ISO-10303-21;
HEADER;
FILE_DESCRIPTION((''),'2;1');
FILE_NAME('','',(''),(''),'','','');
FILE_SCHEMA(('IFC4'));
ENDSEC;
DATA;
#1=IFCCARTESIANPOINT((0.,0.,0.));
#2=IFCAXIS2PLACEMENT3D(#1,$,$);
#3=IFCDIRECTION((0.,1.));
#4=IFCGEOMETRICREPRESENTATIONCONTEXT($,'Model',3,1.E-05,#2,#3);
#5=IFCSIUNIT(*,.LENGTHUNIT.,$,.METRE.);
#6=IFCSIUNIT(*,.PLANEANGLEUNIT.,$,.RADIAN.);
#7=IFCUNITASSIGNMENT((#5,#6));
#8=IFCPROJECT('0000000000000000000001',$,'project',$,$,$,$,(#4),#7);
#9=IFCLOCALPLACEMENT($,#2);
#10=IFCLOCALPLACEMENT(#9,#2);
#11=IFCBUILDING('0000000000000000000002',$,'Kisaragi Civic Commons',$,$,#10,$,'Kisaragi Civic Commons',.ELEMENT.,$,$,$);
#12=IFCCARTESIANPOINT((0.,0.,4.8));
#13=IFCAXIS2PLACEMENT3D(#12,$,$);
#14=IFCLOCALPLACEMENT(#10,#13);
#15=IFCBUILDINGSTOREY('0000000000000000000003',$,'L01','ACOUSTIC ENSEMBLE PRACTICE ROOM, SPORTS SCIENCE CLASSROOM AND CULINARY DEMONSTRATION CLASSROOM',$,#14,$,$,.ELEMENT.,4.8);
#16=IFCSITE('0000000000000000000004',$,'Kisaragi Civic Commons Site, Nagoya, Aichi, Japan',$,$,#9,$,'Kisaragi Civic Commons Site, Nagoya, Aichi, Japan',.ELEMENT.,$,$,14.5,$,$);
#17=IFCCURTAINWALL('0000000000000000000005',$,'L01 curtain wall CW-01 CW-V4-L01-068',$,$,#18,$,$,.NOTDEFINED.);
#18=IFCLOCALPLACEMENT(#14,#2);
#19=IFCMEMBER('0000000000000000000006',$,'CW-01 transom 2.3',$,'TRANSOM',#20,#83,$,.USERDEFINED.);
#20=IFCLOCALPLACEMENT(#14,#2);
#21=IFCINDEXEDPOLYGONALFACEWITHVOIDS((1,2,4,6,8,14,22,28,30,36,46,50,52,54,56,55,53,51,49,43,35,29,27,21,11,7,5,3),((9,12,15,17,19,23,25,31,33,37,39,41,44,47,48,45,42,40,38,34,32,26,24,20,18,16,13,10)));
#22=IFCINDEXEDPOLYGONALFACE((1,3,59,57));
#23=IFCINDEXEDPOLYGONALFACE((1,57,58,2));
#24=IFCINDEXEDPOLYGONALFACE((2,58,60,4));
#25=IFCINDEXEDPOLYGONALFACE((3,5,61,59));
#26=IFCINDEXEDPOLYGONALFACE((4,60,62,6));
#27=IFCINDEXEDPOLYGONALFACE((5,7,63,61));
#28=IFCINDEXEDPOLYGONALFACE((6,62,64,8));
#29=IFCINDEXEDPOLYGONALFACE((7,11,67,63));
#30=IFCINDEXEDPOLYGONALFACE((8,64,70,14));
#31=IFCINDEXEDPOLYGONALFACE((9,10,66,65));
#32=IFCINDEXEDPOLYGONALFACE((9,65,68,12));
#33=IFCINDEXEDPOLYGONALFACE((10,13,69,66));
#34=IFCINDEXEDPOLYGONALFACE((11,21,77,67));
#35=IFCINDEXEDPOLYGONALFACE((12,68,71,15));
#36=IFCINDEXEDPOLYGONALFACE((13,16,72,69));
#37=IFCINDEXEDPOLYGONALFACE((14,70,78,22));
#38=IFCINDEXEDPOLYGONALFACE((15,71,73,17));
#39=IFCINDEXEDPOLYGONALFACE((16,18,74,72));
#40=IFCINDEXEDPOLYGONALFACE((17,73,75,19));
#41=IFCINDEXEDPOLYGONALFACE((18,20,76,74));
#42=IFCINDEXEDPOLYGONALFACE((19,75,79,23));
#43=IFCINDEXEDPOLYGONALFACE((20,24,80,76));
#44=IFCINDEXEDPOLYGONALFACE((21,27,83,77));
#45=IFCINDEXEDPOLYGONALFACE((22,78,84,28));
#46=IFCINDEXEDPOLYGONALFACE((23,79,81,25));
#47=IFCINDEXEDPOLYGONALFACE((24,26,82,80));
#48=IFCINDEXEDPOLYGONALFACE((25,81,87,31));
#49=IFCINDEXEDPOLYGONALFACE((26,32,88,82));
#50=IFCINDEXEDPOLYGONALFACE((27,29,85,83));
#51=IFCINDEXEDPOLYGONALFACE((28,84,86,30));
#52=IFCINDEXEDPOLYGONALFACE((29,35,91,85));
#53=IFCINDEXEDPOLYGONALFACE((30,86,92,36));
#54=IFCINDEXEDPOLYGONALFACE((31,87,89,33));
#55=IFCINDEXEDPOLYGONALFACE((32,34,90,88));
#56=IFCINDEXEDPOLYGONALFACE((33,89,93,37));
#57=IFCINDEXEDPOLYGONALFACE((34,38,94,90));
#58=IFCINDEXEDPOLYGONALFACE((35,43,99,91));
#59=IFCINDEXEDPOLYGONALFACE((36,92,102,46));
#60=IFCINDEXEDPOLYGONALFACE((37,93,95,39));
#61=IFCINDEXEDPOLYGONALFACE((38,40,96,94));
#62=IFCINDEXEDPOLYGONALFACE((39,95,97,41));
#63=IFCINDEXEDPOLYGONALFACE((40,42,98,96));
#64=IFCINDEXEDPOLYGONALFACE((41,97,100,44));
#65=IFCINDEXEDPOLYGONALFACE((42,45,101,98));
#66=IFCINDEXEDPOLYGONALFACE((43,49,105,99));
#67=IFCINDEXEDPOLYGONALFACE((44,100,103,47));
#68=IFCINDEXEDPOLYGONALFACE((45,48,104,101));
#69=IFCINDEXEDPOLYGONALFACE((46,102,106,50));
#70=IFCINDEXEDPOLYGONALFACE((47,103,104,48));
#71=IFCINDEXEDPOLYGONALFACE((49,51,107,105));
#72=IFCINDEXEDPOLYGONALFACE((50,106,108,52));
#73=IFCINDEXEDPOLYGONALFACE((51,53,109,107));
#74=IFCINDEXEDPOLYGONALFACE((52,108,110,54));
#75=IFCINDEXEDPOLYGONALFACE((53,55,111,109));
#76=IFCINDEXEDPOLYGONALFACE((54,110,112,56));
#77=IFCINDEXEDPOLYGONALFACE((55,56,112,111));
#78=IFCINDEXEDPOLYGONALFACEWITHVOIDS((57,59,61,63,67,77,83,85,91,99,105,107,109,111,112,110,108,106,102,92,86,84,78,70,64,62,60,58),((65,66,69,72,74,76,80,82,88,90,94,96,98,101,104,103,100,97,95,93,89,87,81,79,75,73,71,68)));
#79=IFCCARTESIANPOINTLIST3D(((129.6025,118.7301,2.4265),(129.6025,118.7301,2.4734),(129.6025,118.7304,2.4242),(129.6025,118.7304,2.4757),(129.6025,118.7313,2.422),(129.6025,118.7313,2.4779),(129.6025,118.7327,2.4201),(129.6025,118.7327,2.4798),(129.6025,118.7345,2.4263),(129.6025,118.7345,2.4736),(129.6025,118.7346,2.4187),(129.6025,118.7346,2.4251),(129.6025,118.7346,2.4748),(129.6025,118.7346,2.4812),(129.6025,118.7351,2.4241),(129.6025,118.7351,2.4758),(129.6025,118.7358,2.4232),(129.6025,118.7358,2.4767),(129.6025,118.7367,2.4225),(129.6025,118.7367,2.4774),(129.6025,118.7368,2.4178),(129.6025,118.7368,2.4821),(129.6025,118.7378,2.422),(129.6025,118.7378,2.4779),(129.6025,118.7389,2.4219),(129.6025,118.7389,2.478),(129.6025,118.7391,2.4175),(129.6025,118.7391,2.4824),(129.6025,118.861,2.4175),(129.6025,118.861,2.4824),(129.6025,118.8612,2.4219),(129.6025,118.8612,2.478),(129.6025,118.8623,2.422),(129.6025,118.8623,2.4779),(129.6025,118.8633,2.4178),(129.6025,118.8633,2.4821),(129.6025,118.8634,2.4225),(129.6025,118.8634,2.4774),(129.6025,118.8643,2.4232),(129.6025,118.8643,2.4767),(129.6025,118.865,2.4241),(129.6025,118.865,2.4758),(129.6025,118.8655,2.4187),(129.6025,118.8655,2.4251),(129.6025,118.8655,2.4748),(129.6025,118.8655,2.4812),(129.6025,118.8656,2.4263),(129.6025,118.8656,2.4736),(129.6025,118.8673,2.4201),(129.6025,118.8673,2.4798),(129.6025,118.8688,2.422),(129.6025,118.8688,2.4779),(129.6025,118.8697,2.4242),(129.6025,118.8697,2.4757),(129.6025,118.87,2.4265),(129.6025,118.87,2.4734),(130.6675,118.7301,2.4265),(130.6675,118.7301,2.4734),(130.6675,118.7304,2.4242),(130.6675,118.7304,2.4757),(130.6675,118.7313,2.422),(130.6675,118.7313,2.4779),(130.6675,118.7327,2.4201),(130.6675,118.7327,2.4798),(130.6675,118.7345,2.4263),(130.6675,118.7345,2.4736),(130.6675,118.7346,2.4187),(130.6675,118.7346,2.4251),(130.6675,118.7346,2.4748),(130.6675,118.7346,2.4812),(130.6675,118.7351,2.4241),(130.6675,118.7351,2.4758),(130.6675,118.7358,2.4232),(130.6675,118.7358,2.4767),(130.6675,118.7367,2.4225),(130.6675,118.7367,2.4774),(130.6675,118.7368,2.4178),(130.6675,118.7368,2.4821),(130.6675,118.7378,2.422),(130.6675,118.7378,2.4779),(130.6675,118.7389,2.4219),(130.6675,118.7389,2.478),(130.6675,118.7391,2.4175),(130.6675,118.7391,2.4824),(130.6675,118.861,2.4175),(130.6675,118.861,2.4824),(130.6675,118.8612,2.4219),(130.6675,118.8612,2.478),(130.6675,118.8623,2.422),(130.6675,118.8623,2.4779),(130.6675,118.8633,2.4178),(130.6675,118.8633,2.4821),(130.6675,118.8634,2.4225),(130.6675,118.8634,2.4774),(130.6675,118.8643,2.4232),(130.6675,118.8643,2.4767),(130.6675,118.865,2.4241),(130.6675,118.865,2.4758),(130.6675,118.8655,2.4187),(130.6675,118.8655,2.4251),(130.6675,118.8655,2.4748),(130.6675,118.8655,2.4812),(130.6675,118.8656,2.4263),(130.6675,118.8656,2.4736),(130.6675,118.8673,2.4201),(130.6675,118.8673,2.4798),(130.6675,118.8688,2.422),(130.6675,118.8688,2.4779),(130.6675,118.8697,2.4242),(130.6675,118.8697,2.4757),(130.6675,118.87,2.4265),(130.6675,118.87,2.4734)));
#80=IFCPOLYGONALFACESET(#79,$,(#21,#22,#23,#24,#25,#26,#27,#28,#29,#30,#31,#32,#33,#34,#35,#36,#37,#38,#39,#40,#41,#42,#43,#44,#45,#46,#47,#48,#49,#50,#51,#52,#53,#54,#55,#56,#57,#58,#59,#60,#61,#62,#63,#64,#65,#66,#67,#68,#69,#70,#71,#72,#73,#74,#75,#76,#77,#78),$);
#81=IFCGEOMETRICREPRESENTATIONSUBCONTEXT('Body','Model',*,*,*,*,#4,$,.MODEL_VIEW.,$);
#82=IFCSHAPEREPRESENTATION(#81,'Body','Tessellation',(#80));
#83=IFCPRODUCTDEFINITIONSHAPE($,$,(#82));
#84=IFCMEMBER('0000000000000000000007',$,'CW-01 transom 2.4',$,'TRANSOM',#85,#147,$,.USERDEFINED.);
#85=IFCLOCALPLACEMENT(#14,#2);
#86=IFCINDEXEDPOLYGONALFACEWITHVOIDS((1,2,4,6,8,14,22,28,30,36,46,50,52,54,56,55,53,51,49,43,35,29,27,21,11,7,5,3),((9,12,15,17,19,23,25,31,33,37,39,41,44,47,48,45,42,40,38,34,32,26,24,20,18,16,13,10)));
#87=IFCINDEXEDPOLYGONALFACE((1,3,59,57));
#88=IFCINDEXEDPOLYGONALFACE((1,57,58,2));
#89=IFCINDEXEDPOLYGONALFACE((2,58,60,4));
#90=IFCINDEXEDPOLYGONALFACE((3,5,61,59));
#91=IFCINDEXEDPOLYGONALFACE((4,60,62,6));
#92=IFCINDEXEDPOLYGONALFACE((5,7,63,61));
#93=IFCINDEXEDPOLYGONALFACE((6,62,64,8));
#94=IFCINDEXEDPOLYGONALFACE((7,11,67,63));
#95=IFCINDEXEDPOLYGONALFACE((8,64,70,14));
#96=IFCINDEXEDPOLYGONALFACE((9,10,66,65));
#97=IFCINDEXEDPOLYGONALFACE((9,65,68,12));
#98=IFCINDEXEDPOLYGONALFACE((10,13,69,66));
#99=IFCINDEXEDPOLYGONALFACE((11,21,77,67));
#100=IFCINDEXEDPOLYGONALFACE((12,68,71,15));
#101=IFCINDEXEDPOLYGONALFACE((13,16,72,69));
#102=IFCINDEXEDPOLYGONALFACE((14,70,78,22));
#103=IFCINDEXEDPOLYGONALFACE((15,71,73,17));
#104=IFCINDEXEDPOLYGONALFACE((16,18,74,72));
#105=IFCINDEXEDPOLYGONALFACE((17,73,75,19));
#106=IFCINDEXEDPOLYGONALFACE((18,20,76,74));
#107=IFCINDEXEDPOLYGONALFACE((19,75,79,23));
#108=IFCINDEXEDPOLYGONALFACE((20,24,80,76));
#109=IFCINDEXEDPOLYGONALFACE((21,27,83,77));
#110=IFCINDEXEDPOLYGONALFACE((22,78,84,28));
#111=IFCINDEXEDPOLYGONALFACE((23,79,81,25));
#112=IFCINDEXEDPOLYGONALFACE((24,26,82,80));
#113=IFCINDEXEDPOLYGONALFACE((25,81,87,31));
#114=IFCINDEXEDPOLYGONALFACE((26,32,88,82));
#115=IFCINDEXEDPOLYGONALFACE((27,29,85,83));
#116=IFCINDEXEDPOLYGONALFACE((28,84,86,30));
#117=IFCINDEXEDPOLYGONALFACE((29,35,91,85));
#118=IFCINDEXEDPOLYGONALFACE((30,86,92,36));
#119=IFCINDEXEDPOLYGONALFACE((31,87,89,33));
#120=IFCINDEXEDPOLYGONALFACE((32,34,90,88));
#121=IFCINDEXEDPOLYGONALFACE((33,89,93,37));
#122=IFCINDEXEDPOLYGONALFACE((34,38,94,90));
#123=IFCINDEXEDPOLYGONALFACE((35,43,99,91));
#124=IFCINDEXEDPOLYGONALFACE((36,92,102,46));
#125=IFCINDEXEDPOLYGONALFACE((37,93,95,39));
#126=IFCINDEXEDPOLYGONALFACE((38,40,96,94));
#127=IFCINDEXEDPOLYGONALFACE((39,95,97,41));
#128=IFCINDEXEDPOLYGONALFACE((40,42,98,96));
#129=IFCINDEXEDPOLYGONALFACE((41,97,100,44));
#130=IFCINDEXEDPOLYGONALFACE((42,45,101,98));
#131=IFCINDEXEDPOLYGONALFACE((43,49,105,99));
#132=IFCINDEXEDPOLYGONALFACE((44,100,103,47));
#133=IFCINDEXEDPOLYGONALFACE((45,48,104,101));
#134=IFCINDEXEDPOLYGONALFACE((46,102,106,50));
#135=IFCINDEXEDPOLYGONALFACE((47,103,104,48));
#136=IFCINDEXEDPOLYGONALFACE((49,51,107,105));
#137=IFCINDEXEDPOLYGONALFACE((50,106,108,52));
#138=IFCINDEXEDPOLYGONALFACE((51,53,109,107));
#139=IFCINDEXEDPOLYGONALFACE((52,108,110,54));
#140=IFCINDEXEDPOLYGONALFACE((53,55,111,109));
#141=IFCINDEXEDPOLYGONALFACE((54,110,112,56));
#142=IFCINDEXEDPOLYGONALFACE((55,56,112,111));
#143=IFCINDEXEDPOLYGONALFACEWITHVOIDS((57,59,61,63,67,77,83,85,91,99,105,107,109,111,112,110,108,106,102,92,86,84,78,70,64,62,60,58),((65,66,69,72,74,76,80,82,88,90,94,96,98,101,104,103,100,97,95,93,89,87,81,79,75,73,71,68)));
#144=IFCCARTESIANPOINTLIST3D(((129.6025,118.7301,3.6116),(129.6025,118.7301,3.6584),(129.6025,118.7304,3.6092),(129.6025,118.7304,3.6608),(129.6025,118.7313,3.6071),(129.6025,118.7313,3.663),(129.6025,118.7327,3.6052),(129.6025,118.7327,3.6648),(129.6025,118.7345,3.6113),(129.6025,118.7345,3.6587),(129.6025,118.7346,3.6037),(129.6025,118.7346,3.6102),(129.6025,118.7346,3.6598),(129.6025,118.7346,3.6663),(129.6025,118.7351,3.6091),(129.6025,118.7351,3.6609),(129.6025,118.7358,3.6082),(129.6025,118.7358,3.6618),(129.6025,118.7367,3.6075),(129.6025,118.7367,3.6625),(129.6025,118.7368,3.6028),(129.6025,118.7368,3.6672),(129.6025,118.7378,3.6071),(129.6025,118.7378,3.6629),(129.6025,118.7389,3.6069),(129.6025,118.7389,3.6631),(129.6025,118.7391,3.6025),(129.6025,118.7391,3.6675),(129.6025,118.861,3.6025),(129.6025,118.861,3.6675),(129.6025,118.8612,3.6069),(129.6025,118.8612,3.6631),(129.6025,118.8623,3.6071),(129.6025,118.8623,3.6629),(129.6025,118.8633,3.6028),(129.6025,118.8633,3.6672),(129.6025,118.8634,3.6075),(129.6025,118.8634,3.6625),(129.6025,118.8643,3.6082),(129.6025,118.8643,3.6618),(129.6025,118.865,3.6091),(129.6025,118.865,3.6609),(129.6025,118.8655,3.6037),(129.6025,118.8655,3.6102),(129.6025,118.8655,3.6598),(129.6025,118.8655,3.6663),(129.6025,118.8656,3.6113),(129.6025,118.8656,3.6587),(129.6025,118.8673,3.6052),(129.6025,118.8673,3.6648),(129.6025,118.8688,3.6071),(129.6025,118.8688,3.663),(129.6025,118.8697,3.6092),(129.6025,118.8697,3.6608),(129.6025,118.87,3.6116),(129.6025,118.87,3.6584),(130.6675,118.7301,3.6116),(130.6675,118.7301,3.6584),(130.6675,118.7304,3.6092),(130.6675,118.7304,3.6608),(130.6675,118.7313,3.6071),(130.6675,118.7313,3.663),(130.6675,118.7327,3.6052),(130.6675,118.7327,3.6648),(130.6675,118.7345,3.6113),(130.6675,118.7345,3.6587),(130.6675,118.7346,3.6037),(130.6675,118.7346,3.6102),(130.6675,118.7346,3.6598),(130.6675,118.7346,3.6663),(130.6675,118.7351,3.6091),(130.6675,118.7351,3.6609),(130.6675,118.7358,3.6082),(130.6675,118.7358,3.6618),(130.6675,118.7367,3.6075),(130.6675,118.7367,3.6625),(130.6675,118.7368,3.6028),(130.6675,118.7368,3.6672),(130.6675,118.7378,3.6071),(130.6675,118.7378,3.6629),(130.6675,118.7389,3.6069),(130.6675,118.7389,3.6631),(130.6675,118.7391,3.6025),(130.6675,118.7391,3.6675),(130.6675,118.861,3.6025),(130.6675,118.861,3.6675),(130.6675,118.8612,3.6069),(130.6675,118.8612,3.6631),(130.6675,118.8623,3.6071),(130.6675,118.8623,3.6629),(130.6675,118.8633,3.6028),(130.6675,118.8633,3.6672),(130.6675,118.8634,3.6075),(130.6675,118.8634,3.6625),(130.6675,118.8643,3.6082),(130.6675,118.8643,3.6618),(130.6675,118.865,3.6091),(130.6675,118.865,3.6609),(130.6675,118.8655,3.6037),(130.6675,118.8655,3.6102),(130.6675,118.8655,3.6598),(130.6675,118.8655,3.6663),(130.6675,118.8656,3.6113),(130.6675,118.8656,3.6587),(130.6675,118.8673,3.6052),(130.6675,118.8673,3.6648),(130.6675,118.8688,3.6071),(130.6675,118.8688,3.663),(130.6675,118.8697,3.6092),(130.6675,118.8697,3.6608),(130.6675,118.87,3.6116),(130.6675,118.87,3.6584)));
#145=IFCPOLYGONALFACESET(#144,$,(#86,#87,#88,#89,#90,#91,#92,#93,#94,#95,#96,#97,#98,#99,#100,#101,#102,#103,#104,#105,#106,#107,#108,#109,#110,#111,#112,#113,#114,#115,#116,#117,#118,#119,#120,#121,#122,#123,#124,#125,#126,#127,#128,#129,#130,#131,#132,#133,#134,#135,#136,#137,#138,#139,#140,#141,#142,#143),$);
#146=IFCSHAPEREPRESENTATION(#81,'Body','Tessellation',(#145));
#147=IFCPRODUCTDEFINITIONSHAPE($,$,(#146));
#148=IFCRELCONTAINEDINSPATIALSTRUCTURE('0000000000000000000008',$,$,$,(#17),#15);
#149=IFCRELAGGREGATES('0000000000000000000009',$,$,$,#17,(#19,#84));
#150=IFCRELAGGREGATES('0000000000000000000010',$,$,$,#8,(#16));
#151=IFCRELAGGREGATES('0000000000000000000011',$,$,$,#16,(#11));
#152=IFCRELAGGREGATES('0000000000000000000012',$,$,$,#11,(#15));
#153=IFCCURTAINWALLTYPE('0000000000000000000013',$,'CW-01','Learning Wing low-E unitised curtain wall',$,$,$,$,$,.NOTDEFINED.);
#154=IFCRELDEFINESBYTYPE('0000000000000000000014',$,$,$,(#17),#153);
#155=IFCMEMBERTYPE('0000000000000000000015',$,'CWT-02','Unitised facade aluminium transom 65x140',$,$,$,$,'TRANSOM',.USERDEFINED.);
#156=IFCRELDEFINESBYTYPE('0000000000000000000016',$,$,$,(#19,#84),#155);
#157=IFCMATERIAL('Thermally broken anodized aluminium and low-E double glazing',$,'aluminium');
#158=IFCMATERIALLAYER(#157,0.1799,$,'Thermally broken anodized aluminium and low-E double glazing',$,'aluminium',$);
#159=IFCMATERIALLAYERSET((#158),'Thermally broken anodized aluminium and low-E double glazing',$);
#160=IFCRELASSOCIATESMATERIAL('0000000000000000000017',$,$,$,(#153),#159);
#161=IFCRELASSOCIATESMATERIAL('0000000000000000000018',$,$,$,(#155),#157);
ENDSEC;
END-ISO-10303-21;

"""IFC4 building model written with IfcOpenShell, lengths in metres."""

from ifc_helpers import new_model, si_unit, direction, frame, origin, origin_2d, place, context, subcontext, project, spatial, hollow_rectangle, extrude, material, layer, layer_set, material_profile, profile_set, type_object, element, aggregate, save


model = new_model("IFC4")

# Units and contexts
model_context = context("Model", 3, precision=1e-05, world=origin(), true_north=direction((0.0, 1.0)))
body_context = subcontext(model_context, "Body", "Model", "MODEL_VIEW")
ifc_project = project(units=[si_unit("LENGTHUNIT", "METRE"), si_unit("PLANEANGLEUNIT", "RADIAN")], contexts=[model_context])

# Site, building, storey
site_placement = place(None, origin())
site = spatial("IfcSite", under=ifc_project, at=site_placement, Name="Kisaragi Civic Commons Site, Nagoya, Aichi, Japan", LongName="Kisaragi Civic Commons Site, Nagoya, Aichi, Japan", CompositionType="ELEMENT", RefElevation=14.5)
building_placement = place(site_placement, origin())
building = spatial("IfcBuilding", under=site, at=building_placement, Name="Kisaragi Civic Commons", LongName="Kisaragi Civic Commons", CompositionType="ELEMENT")
storey_placement = place(building_placement, frame((0.0, 0.0, 4.8)))
storey = spatial("IfcBuildingStorey", under=building, at=storey_placement, Name="L01", Description="ACOUSTIC ENSEMBLE PRACTICE ROOM, SPORTS SCIENCE CLASSROOM AND CULINARY DEMONSTRATION CLASSROOM", CompositionType="ELEMENT", Elevation=4.8)

# Curtain wall, members
ifc_material = material(Name="Thermally broken anodized aluminium and low-E double glazing", Category="aluminium")
ifc_layer_1 = layer(ifc_material, 0.1799, Name="Thermally broken anodized aluminium and low-E double glazing", Category="aluminium")
ifc_layer_set_1 = layer_set([ifc_layer_1], Name="Thermally broken anodized aluminium and low-E double glazing")
curtain_wall_type = type_object("IfcCurtainWallType", Name="CW-01", Description="Learning Wing low-E unitised curtain wall", PredefinedType="NOTDEFINED", material=ifc_layer_set_1)
curtain_wall_placement = place(storey_placement, origin())
curtain_wall = element("IfcCurtainWall", 1, at=curtain_wall_placement, inside=storey, type_object=curtain_wall_type, Name="L01 curtain wall CW-01 CW-V4-L01-068", PredefinedType="NOTDEFINED")
ifc_material_profile_1 = material_profile(ifc_material, hollow_rectangle(XDim=0.1399, YDim=0.0649, WallThickness=0.0044, InnerFilletRadius=0.0044, OuterFilletRadius=0.009, at=origin_2d()), Name="CWT-65x140x4.5", Category="aluminium")
ifc_profile_set_1 = profile_set([ifc_material_profile_1], Name="Thermally broken anodized aluminium and low-E double glazing")
member_type_1 = type_object("IfcMemberType", Name="CWT-02", Description="Unitised facade aluminium transom 65x140", ElementType="TRANSOM", PredefinedType="USERDEFINED", material=ifc_profile_set_1)
member_1_placement = place(storey_placement, frame((129.6025, 118.8, 2.45), z_axis=(1.0, 0.0, 0.0), x_axis=(0.0, 1.0, 0.0)))
member_1 = element("IfcMember", 2, at=member_1_placement, type_object=member_type_1, Name="CW-01 transom 2.3", ObjectType="TRANSOM", PredefinedType="USERDEFINED", context=body_context, shape_type="SweptSolid", body=[
    extrude(hollow_rectangle(XDim=0.1399, YDim=0.0649, WallThickness=0.0044, InnerFilletRadius=0.0044, OuterFilletRadius=0.009, at=origin_2d()), origin(), (0.0, 0.0, 1.0), 1.0649),
])
member_2_placement = place(storey_placement, frame((129.6025, 118.8, 3.635), z_axis=(1.0, 0.0, 0.0), x_axis=(0.0, 1.0, 0.0)))
member_2 = element("IfcMember", 3, at=member_2_placement, type_object=member_type_1, Name="CW-01 transom 2.4", ObjectType="TRANSOM", PredefinedType="USERDEFINED", context=body_context, shape_type="SweptSolid", body=[
    extrude(hollow_rectangle(XDim=0.1399, YDim=0.0649, WallThickness=0.0044, InnerFilletRadius=0.0044, OuterFilletRadius=0.009, at=origin_2d()), origin(), (0.0, 0.0, 1.0), 1.0649),
])
aggregate(curtain_wall, [member_1, member_2])

save(model, "model.ifc")
